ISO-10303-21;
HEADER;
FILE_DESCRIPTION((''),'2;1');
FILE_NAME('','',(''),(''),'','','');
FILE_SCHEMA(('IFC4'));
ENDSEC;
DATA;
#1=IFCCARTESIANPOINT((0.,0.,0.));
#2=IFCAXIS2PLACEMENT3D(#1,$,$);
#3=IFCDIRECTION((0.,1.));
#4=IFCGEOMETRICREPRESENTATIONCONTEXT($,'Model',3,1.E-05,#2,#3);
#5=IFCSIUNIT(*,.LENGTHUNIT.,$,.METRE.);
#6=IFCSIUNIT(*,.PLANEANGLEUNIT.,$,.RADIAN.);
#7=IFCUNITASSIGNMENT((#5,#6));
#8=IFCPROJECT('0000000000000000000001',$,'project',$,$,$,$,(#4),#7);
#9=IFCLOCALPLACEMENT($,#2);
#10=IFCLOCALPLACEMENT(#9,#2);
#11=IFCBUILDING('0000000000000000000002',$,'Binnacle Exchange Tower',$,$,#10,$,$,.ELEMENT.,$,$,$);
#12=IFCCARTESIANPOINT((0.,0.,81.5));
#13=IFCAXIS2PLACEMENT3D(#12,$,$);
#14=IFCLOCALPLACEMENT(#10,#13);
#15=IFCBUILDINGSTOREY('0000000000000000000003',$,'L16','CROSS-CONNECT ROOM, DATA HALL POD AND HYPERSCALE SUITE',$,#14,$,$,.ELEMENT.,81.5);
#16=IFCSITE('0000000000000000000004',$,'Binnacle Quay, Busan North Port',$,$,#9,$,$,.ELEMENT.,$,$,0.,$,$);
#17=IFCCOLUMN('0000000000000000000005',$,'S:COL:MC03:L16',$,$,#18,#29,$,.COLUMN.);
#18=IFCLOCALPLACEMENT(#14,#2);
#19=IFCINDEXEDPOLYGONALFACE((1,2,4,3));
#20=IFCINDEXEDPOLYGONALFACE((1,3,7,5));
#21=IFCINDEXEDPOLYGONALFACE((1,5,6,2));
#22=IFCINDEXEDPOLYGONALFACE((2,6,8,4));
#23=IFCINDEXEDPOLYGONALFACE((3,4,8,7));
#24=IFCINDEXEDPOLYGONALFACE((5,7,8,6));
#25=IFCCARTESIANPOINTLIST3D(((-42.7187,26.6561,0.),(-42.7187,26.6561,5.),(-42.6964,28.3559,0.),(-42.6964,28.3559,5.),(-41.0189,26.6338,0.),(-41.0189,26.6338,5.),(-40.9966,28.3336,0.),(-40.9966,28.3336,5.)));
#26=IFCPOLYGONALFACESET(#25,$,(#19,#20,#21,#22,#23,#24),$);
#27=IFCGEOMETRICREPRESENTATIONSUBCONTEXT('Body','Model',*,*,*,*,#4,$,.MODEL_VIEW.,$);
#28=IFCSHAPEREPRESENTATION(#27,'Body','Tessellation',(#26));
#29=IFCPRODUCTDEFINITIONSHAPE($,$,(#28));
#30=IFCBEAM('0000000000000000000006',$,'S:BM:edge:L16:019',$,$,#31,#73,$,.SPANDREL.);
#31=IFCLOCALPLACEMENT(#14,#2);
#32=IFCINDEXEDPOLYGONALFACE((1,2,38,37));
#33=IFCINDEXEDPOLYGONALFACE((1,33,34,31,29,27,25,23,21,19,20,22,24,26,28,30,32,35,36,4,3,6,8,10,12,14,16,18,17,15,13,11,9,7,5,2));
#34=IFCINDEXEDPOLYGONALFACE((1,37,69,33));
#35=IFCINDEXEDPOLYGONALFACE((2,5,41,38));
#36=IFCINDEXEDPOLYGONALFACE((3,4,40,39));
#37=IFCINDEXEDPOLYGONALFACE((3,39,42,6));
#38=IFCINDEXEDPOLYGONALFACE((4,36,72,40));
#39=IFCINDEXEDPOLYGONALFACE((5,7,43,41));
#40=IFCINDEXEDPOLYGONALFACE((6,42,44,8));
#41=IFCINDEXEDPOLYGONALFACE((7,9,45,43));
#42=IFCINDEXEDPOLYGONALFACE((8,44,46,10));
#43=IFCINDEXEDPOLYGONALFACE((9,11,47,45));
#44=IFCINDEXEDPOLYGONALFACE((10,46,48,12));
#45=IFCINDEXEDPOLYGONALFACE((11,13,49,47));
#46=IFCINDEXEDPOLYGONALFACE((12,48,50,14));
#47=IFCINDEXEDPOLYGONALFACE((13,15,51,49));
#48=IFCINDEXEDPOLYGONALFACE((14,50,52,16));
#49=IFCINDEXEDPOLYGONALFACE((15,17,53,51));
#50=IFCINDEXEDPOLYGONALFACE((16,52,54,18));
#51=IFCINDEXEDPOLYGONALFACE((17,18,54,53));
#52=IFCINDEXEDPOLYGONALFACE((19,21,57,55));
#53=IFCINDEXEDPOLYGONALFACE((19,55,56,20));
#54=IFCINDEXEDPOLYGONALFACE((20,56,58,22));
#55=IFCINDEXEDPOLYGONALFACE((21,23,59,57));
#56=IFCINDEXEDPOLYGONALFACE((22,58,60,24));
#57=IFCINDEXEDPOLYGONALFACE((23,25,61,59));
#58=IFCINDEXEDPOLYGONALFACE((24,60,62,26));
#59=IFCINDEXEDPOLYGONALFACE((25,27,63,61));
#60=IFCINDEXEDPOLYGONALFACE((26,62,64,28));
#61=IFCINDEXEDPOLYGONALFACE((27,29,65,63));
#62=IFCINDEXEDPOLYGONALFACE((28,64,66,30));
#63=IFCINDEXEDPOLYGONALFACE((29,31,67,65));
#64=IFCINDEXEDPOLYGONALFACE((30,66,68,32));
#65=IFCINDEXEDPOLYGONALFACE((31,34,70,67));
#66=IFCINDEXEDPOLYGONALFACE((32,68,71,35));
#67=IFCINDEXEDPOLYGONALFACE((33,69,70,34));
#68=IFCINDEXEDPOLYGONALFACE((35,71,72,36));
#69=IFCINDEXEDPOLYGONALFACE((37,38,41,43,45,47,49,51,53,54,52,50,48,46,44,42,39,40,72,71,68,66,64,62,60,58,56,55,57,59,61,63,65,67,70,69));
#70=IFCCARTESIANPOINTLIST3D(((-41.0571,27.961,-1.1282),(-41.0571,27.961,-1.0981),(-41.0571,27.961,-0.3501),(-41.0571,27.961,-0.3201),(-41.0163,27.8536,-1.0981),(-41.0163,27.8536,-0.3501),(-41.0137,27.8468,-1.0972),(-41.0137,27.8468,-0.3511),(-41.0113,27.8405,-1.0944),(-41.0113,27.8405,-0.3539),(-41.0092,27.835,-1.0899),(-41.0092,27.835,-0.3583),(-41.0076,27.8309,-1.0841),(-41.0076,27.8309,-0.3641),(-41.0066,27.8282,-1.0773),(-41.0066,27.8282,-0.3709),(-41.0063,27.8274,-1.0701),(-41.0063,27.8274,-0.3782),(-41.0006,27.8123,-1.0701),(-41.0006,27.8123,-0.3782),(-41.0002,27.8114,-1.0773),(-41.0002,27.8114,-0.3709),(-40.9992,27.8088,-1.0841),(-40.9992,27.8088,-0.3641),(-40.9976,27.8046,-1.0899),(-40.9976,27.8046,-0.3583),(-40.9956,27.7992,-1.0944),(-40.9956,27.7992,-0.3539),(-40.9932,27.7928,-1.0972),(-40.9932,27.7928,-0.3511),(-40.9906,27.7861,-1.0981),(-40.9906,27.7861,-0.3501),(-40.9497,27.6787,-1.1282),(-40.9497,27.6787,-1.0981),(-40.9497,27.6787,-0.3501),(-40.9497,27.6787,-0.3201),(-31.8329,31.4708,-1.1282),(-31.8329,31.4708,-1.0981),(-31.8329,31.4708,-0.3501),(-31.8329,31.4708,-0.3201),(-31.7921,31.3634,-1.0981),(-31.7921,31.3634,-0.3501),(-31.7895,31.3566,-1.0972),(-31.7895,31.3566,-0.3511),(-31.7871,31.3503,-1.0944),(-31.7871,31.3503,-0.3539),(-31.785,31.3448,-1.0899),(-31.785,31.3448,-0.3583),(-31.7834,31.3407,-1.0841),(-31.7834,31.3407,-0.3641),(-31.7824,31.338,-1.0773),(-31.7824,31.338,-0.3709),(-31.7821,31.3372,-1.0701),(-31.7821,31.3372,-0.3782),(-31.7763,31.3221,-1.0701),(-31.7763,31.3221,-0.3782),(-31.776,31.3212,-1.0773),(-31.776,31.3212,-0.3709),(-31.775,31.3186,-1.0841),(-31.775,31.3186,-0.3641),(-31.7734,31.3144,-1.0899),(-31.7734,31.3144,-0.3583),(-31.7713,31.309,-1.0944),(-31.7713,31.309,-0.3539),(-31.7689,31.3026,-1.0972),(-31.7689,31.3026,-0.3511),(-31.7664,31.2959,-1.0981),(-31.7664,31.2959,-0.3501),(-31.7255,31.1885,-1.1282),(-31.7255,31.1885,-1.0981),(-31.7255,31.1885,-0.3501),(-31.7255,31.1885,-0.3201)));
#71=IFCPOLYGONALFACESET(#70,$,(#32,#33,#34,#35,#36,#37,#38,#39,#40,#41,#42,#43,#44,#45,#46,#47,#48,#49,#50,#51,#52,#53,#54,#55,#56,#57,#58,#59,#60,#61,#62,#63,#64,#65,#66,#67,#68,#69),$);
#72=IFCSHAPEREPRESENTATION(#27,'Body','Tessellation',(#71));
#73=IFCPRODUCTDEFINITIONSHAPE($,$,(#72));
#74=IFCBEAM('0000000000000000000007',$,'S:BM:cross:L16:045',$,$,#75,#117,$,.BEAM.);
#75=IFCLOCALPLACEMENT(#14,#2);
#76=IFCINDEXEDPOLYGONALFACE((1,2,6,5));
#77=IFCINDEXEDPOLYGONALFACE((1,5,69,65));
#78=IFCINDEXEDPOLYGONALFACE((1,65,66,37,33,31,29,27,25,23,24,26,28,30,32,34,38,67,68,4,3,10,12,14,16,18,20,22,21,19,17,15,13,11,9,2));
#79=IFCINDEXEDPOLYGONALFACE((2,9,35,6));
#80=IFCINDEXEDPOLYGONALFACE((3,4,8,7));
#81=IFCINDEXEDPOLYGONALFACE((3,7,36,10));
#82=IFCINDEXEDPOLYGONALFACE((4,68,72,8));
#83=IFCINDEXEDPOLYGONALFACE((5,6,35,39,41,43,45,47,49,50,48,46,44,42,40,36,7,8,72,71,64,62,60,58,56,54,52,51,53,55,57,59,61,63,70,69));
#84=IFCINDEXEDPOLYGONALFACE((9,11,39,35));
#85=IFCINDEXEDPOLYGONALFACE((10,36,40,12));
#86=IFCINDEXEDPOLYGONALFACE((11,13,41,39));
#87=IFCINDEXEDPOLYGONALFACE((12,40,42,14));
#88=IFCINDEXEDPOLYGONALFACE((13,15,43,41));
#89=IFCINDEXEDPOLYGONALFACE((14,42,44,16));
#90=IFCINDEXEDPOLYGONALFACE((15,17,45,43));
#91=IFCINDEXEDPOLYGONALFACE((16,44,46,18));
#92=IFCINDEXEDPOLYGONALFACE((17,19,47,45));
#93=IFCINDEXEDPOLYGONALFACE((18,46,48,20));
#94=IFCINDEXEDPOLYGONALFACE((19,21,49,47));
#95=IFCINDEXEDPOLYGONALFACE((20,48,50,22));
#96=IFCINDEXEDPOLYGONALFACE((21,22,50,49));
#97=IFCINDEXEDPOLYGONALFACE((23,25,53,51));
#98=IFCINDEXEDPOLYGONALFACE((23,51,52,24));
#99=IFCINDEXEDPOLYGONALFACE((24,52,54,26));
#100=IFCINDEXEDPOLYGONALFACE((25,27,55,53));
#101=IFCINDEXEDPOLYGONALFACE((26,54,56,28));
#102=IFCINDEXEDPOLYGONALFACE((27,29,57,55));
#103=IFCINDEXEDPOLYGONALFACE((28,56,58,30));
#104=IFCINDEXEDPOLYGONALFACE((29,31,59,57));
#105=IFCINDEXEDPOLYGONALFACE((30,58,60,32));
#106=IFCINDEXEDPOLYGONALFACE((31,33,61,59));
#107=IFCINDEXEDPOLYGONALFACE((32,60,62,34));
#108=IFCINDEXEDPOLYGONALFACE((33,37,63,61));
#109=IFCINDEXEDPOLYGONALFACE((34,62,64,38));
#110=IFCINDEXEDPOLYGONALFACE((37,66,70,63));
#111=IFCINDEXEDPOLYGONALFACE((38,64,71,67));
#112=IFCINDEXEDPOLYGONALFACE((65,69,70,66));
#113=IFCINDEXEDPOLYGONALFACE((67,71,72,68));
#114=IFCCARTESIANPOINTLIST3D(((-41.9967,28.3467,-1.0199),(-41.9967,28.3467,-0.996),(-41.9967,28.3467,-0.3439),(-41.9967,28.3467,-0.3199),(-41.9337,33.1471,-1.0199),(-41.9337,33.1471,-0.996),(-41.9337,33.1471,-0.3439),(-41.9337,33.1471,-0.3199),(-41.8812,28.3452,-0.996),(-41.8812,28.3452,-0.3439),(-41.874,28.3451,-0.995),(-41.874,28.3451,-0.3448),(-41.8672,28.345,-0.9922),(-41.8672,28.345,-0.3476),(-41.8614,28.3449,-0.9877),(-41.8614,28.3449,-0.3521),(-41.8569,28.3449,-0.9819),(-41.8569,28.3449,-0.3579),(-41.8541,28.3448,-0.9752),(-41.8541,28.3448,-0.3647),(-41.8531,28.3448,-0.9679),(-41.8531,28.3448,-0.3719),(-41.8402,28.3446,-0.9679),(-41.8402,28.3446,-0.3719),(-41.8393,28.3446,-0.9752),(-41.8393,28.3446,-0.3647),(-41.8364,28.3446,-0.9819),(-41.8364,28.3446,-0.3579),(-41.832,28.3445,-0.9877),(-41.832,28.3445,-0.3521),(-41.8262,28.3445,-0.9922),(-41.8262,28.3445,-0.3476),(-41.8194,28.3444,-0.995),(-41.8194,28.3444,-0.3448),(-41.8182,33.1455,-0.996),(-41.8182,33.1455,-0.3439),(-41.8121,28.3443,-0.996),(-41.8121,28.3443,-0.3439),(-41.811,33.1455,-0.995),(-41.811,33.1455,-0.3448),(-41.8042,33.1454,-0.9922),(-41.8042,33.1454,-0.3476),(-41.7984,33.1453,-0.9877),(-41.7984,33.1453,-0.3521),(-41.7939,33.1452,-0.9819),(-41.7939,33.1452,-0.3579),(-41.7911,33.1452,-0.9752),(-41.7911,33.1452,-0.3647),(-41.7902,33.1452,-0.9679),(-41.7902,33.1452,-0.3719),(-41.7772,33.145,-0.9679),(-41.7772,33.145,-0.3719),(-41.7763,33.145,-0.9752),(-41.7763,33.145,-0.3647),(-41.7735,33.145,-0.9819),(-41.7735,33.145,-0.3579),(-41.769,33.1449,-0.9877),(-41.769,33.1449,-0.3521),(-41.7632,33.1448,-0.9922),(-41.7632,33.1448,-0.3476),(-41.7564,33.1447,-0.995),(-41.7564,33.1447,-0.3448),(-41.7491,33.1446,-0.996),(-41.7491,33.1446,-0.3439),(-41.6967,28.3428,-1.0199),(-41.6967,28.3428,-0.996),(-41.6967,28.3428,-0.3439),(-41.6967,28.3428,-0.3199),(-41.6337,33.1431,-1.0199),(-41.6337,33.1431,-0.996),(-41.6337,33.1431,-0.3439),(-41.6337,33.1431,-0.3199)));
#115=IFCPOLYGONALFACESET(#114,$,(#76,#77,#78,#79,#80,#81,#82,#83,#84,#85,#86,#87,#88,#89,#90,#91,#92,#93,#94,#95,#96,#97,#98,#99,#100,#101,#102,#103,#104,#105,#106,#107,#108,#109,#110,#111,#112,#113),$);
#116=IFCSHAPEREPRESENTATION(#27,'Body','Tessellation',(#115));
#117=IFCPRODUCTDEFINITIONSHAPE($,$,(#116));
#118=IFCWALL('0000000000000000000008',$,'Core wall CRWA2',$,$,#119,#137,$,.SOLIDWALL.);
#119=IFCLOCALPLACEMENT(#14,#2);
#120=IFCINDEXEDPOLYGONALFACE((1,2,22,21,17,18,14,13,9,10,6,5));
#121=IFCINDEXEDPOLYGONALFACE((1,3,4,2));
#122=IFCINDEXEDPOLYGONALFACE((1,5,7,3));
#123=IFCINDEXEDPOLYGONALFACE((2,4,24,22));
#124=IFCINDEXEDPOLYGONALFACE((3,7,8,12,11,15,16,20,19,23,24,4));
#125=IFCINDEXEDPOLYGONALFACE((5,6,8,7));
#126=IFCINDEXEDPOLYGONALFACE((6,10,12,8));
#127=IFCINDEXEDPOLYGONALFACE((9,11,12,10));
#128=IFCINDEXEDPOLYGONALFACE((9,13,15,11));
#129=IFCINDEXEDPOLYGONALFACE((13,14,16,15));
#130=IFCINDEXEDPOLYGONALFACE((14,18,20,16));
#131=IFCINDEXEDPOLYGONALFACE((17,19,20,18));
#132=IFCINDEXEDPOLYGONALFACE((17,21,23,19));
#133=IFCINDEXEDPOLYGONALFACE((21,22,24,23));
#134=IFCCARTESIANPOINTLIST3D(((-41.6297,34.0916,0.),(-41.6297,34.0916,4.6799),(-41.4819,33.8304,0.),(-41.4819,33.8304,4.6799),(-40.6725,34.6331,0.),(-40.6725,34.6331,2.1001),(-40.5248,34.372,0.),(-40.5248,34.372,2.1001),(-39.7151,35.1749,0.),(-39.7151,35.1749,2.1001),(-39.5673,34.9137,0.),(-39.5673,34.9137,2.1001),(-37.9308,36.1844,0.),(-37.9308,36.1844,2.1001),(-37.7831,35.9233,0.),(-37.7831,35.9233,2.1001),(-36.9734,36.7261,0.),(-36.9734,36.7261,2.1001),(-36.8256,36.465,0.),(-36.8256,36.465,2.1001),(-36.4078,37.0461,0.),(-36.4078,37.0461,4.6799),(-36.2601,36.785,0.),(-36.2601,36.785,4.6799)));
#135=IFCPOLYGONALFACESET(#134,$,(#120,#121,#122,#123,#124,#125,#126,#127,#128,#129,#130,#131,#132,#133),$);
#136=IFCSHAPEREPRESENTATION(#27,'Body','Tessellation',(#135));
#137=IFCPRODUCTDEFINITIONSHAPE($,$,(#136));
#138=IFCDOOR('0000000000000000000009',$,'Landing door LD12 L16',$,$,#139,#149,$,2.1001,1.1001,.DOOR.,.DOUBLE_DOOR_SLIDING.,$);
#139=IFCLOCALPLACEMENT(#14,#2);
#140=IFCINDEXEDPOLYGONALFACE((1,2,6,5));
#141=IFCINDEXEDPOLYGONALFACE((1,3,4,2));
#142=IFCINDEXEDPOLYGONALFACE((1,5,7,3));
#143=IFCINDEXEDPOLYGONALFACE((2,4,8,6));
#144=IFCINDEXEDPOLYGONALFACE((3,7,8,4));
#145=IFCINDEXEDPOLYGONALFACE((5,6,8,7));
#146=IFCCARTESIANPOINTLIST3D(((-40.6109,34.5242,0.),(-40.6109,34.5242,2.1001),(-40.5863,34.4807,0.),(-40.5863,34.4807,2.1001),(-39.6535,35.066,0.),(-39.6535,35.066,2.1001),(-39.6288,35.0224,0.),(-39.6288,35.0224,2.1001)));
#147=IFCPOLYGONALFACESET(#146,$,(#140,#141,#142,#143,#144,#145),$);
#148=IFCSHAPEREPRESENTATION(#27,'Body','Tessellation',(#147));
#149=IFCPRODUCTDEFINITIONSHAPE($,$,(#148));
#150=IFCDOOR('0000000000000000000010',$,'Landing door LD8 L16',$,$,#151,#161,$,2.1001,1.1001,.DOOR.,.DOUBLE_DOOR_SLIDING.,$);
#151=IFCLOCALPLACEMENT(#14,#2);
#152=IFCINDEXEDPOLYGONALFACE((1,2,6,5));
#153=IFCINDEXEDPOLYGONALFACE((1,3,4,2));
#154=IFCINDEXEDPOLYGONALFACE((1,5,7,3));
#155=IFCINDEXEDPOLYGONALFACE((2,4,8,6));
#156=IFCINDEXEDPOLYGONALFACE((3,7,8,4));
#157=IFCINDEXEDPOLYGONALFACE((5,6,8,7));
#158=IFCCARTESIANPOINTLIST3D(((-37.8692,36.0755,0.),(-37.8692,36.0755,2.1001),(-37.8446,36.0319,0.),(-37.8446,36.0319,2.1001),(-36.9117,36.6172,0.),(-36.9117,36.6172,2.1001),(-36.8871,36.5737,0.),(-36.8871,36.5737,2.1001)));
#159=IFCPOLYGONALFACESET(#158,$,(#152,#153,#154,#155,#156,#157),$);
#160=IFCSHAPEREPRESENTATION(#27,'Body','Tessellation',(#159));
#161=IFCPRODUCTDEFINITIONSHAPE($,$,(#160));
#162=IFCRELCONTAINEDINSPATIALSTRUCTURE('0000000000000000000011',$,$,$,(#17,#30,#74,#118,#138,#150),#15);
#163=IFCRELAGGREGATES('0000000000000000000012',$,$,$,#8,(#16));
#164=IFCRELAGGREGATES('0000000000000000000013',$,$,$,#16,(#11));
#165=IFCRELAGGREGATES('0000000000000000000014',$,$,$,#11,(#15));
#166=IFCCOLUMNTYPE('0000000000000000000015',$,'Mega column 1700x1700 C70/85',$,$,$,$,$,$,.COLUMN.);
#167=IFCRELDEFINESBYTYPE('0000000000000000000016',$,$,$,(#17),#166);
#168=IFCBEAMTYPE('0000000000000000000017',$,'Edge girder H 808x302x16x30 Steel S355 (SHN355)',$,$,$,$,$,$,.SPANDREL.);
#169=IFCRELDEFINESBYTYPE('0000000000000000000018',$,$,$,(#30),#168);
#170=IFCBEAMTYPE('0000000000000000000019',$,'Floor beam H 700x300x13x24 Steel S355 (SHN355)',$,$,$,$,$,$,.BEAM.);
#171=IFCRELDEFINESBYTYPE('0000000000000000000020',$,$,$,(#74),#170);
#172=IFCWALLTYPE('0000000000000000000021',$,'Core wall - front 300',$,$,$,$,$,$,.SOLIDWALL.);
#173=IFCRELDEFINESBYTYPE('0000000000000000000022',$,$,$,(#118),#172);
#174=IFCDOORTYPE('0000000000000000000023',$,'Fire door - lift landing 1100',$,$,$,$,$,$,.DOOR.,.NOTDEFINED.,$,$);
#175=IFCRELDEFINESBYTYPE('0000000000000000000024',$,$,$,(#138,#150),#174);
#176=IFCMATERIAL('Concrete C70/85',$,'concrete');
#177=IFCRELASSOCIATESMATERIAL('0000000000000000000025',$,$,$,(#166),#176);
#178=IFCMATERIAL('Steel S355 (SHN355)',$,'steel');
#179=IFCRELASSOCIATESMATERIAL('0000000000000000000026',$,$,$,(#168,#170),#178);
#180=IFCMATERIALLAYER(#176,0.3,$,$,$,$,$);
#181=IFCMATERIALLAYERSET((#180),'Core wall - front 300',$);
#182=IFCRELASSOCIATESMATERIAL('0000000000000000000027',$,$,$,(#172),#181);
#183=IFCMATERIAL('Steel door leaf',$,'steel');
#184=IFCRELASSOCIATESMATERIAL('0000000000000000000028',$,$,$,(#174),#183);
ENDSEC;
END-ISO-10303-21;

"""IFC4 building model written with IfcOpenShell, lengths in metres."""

from ifc_helpers import new_model, si_unit, direction, frame, frame_2d, origin, origin_2d, place, context, subcontext, project, spatial, rectangle, i_section, extrude, material, layer, layer_set, material_profile, profile_set, type_object, element, fill, save


model = new_model("IFC4")

# Units and contexts
model_context = context("Model", 3, precision=1e-05, world=origin(), true_north=direction((0.0, 1.0)))
body_context = subcontext(model_context, "Body", "Model", "MODEL_VIEW")
ifc_project = project(units=[si_unit("LENGTHUNIT", "METRE"), si_unit("PLANEANGLEUNIT", "RADIAN")], contexts=[model_context])

# Site, building, storey
site_placement = place(None, origin())
site = spatial("IfcSite", under=ifc_project, at=site_placement, Name="Binnacle Quay, Busan North Port", CompositionType="ELEMENT", RefElevation=0.0)
building_placement = place(site_placement, origin())
building = spatial("IfcBuilding", under=site, at=building_placement, Name="Binnacle Exchange Tower", CompositionType="ELEMENT")
storey_placement = place(building_placement, frame((0.0, 0.0, 81.5)))
storey = spatial("IfcBuildingStorey", under=building, at=storey_placement, Name="L16", Description="CROSS-CONNECT ROOM, DATA HALL POD AND HYPERSCALE SUITE", CompositionType="ELEMENT", Elevation=81.5)

# Column
ifc_material_1 = material(Name="Concrete C70/85", Category="concrete")
ifc_material_profile_1 = material_profile(ifc_material_1, rectangle(XDim=1.7, YDim=1.7, at=origin_2d()), Name="Mega column 1700x1700 C70/85")
ifc_profile_set_1 = profile_set([ifc_material_profile_1], Name="Concrete C70/85")
column_type = type_object("IfcColumnType", Name="Mega column 1700x1700 C70/85", PredefinedType="COLUMN", material=ifc_profile_set_1)
column_placement = place(storey_placement, frame((-41.8577, 27.4949, 0.0), z_axis=(0.0, 0.0, 1.0), x_axis=(0.999914, -0.01309, 0.0)))
element("IfcColumn", 1, at=column_placement, inside=storey, type_object=column_type, Name="S:COL:MC03:L16", PredefinedType="COLUMN", context=body_context, shape_type="SweptSolid", body=[
    extrude(rectangle(XDim=1.7, YDim=1.7, at=origin_2d()), origin(), (0.0, 0.0, 1.0), 5.0),
])

# Beams
ifc_material_2 = material(Name="Steel S355 (SHN355)", Category="steel")
ifc_material_profile_2 = material_profile(ifc_material_2, i_section(OverallWidth=0.302, OverallDepth=0.8081, WebThickness=0.0161, FlangeThickness=0.03, FilletRadius=0.0281, at=origin_2d()), Name="H 808x302x16x30")
ifc_profile_set_2 = profile_set([ifc_material_profile_2], Name="Steel S355 (SHN355)")
beam_type_1 = type_object("IfcBeamType", Name="Edge girder H 808x302x16x30 Steel S355 (SHN355)", PredefinedType="SPANDREL", material=ifc_profile_set_2)
beam_1_placement = place(storey_placement, frame((-41.0034, 27.8198, -0.7241), z_axis=(0.934629, 0.355625, 0.0), x_axis=(-0.355625, 0.934629, 0.0)))
element("IfcBeam", 2, at=beam_1_placement, inside=storey, type_object=beam_type_1, Name="S:BM:edge:L16:019", PredefinedType="SPANDREL", context=body_context, shape_type="SweptSolid", body=[
    extrude(i_section(OverallWidth=0.302, OverallDepth=0.8081, WebThickness=0.0161, FlangeThickness=0.03, FilletRadius=0.0281, at=origin_2d()), origin(), (0.0, 0.0, 1.0), 9.8694),
])
ifc_material_profile_3 = material_profile(ifc_material_2, i_section(OverallWidth=0.3, OverallDepth=0.7, WebThickness=0.0129, FlangeThickness=0.0239, FilletRadius=0.0281, at=origin_2d()), Name="H 700x300x13x24")
ifc_profile_set_3 = profile_set([ifc_material_profile_3], Name="Steel S355 (SHN355)")
beam_type_2 = type_object("IfcBeamType", Name="Floor beam H 700x300x13x24 Steel S355 (SHN355)", PredefinedType="BEAM", material=ifc_profile_set_3)
beam_2_placement = place(storey_placement, frame((-41.8467, 28.3447, -0.6699), z_axis=(0.013121, 0.999914, 0.0), x_axis=(-0.999914, 0.013121, 0.0)))
element("IfcBeam", 3, at=beam_2_placement, inside=storey, type_object=beam_type_2, Name="S:BM:cross:L16:045", PredefinedType="BEAM", context=body_context, shape_type="SweptSolid", body=[
    extrude(i_section(OverallWidth=0.3, OverallDepth=0.7, WebThickness=0.0129, FlangeThickness=0.0239, FilletRadius=0.0281, at=origin_2d()), origin(), (0.0, 0.0, 1.0), 4.8008),
])

# Wall, openings, doors
ifc_layer_1 = layer(ifc_material_1, 0.3)
ifc_layer_set_1 = layer_set([ifc_layer_1], Name="Core wall - front 300")
wall_type_1 = type_object("IfcWallType", Name="Core wall - front 300", PredefinedType="SOLIDWALL", material=ifc_layer_set_1)
wall_1_placement = place(storey_placement, frame((-41.5559, 33.9609, 0.0), z_axis=(0.0, 0.0, 1.0), x_axis=(0.870344, 0.492445, 0.0)))
wall_1 = element("IfcWall", 4, at=wall_1_placement, inside=storey, type_object=wall_type_1, Name="Core wall CRWA2", PredefinedType="SOLIDWALL", context=body_context, shape_type="SweptSolid", body=[
    extrude(rectangle(XDim=5.9998, YDim=0.3, at=frame_2d((3.0, 0.0))), origin(), (0.0, 0.0, 1.0), 4.6799),
])
opening_1_placement = place(wall_1_placement, frame((1.0999, 0.0, 0.0)))
opening_1 = element("IfcOpeningElement", 5, at=opening_1_placement, cuts=wall_1, PredefinedType="OPENING", context=body_context, shape_type="SweptSolid", body=[
    extrude(rectangle(XDim=1.1001, YDim=2.1001, at=frame_2d((0.55, 1.05))), frame((0.0, 0.1599, 0.0), z_axis=(0.0, -1.0, 0.0), x_axis=(1.0, 0.0, 0.0)), (0.0, 0.0, 1.0), 0.3201),
])
opening_2_placement = place(wall_1_placement, frame((4.25, 0.0, 0.0)))
opening_2 = element("IfcOpeningElement", 6, at=opening_2_placement, cuts=wall_1, PredefinedType="OPENING", context=body_context, shape_type="SweptSolid", body=[
    extrude(rectangle(XDim=1.1001, YDim=2.1001, at=frame_2d((0.55, 1.05))), frame((0.0, 0.1599, 0.0), z_axis=(0.0, -1.0, 0.0), x_axis=(1.0, 0.0, 0.0)), (0.0, 0.0, 1.0), 0.3201),
])
ifc_material_3 = material(Name="Steel door leaf", Category="steel")
door_type_1 = type_object("IfcDoorType", Name="Fire door - lift landing 1100", OperationType="NOTDEFINED", PredefinedType="DOOR", material=ifc_material_3)
door_1_placement = place(opening_1_placement, origin())
door_1 = element("IfcDoor", 7, at=door_1_placement, inside=storey, type_object=door_type_1, Name="Landing door LD12 L16", OperationType="DOUBLE_DOOR_SLIDING", OverallHeight=2.1001, OverallWidth=1.1001, PredefinedType="DOOR", context=body_context, shape_type="SweptSolid", body=[
    extrude(rectangle(XDim=1.1001, YDim=2.1001, at=frame_2d((0.55, 1.05))), frame((0.0, 0.0249, 0.0), z_axis=(0.0, -1.0, 0.0), x_axis=(1.0, 0.0, 0.0)), (0.0, 0.0, 1.0), 0.05),
])
fill(opening_1, door_1)
door_2_placement = place(opening_2_placement, origin())
door_2 = element("IfcDoor", 8, at=door_2_placement, inside=storey, type_object=door_type_1, Name="Landing door LD8 L16", OperationType="DOUBLE_DOOR_SLIDING", OverallHeight=2.1001, OverallWidth=1.1001, PredefinedType="DOOR", context=body_context, shape_type="SweptSolid", body=[
    extrude(rectangle(XDim=1.1001, YDim=2.1001, at=frame_2d((0.55, 1.05))), frame((0.0, 0.0249, 0.0), z_axis=(0.0, -1.0, 0.0), x_axis=(1.0, 0.0, 0.0)), (0.0, 0.0, 1.0), 0.05),
])
fill(opening_2, door_2)

save(model, "model.ifc")
